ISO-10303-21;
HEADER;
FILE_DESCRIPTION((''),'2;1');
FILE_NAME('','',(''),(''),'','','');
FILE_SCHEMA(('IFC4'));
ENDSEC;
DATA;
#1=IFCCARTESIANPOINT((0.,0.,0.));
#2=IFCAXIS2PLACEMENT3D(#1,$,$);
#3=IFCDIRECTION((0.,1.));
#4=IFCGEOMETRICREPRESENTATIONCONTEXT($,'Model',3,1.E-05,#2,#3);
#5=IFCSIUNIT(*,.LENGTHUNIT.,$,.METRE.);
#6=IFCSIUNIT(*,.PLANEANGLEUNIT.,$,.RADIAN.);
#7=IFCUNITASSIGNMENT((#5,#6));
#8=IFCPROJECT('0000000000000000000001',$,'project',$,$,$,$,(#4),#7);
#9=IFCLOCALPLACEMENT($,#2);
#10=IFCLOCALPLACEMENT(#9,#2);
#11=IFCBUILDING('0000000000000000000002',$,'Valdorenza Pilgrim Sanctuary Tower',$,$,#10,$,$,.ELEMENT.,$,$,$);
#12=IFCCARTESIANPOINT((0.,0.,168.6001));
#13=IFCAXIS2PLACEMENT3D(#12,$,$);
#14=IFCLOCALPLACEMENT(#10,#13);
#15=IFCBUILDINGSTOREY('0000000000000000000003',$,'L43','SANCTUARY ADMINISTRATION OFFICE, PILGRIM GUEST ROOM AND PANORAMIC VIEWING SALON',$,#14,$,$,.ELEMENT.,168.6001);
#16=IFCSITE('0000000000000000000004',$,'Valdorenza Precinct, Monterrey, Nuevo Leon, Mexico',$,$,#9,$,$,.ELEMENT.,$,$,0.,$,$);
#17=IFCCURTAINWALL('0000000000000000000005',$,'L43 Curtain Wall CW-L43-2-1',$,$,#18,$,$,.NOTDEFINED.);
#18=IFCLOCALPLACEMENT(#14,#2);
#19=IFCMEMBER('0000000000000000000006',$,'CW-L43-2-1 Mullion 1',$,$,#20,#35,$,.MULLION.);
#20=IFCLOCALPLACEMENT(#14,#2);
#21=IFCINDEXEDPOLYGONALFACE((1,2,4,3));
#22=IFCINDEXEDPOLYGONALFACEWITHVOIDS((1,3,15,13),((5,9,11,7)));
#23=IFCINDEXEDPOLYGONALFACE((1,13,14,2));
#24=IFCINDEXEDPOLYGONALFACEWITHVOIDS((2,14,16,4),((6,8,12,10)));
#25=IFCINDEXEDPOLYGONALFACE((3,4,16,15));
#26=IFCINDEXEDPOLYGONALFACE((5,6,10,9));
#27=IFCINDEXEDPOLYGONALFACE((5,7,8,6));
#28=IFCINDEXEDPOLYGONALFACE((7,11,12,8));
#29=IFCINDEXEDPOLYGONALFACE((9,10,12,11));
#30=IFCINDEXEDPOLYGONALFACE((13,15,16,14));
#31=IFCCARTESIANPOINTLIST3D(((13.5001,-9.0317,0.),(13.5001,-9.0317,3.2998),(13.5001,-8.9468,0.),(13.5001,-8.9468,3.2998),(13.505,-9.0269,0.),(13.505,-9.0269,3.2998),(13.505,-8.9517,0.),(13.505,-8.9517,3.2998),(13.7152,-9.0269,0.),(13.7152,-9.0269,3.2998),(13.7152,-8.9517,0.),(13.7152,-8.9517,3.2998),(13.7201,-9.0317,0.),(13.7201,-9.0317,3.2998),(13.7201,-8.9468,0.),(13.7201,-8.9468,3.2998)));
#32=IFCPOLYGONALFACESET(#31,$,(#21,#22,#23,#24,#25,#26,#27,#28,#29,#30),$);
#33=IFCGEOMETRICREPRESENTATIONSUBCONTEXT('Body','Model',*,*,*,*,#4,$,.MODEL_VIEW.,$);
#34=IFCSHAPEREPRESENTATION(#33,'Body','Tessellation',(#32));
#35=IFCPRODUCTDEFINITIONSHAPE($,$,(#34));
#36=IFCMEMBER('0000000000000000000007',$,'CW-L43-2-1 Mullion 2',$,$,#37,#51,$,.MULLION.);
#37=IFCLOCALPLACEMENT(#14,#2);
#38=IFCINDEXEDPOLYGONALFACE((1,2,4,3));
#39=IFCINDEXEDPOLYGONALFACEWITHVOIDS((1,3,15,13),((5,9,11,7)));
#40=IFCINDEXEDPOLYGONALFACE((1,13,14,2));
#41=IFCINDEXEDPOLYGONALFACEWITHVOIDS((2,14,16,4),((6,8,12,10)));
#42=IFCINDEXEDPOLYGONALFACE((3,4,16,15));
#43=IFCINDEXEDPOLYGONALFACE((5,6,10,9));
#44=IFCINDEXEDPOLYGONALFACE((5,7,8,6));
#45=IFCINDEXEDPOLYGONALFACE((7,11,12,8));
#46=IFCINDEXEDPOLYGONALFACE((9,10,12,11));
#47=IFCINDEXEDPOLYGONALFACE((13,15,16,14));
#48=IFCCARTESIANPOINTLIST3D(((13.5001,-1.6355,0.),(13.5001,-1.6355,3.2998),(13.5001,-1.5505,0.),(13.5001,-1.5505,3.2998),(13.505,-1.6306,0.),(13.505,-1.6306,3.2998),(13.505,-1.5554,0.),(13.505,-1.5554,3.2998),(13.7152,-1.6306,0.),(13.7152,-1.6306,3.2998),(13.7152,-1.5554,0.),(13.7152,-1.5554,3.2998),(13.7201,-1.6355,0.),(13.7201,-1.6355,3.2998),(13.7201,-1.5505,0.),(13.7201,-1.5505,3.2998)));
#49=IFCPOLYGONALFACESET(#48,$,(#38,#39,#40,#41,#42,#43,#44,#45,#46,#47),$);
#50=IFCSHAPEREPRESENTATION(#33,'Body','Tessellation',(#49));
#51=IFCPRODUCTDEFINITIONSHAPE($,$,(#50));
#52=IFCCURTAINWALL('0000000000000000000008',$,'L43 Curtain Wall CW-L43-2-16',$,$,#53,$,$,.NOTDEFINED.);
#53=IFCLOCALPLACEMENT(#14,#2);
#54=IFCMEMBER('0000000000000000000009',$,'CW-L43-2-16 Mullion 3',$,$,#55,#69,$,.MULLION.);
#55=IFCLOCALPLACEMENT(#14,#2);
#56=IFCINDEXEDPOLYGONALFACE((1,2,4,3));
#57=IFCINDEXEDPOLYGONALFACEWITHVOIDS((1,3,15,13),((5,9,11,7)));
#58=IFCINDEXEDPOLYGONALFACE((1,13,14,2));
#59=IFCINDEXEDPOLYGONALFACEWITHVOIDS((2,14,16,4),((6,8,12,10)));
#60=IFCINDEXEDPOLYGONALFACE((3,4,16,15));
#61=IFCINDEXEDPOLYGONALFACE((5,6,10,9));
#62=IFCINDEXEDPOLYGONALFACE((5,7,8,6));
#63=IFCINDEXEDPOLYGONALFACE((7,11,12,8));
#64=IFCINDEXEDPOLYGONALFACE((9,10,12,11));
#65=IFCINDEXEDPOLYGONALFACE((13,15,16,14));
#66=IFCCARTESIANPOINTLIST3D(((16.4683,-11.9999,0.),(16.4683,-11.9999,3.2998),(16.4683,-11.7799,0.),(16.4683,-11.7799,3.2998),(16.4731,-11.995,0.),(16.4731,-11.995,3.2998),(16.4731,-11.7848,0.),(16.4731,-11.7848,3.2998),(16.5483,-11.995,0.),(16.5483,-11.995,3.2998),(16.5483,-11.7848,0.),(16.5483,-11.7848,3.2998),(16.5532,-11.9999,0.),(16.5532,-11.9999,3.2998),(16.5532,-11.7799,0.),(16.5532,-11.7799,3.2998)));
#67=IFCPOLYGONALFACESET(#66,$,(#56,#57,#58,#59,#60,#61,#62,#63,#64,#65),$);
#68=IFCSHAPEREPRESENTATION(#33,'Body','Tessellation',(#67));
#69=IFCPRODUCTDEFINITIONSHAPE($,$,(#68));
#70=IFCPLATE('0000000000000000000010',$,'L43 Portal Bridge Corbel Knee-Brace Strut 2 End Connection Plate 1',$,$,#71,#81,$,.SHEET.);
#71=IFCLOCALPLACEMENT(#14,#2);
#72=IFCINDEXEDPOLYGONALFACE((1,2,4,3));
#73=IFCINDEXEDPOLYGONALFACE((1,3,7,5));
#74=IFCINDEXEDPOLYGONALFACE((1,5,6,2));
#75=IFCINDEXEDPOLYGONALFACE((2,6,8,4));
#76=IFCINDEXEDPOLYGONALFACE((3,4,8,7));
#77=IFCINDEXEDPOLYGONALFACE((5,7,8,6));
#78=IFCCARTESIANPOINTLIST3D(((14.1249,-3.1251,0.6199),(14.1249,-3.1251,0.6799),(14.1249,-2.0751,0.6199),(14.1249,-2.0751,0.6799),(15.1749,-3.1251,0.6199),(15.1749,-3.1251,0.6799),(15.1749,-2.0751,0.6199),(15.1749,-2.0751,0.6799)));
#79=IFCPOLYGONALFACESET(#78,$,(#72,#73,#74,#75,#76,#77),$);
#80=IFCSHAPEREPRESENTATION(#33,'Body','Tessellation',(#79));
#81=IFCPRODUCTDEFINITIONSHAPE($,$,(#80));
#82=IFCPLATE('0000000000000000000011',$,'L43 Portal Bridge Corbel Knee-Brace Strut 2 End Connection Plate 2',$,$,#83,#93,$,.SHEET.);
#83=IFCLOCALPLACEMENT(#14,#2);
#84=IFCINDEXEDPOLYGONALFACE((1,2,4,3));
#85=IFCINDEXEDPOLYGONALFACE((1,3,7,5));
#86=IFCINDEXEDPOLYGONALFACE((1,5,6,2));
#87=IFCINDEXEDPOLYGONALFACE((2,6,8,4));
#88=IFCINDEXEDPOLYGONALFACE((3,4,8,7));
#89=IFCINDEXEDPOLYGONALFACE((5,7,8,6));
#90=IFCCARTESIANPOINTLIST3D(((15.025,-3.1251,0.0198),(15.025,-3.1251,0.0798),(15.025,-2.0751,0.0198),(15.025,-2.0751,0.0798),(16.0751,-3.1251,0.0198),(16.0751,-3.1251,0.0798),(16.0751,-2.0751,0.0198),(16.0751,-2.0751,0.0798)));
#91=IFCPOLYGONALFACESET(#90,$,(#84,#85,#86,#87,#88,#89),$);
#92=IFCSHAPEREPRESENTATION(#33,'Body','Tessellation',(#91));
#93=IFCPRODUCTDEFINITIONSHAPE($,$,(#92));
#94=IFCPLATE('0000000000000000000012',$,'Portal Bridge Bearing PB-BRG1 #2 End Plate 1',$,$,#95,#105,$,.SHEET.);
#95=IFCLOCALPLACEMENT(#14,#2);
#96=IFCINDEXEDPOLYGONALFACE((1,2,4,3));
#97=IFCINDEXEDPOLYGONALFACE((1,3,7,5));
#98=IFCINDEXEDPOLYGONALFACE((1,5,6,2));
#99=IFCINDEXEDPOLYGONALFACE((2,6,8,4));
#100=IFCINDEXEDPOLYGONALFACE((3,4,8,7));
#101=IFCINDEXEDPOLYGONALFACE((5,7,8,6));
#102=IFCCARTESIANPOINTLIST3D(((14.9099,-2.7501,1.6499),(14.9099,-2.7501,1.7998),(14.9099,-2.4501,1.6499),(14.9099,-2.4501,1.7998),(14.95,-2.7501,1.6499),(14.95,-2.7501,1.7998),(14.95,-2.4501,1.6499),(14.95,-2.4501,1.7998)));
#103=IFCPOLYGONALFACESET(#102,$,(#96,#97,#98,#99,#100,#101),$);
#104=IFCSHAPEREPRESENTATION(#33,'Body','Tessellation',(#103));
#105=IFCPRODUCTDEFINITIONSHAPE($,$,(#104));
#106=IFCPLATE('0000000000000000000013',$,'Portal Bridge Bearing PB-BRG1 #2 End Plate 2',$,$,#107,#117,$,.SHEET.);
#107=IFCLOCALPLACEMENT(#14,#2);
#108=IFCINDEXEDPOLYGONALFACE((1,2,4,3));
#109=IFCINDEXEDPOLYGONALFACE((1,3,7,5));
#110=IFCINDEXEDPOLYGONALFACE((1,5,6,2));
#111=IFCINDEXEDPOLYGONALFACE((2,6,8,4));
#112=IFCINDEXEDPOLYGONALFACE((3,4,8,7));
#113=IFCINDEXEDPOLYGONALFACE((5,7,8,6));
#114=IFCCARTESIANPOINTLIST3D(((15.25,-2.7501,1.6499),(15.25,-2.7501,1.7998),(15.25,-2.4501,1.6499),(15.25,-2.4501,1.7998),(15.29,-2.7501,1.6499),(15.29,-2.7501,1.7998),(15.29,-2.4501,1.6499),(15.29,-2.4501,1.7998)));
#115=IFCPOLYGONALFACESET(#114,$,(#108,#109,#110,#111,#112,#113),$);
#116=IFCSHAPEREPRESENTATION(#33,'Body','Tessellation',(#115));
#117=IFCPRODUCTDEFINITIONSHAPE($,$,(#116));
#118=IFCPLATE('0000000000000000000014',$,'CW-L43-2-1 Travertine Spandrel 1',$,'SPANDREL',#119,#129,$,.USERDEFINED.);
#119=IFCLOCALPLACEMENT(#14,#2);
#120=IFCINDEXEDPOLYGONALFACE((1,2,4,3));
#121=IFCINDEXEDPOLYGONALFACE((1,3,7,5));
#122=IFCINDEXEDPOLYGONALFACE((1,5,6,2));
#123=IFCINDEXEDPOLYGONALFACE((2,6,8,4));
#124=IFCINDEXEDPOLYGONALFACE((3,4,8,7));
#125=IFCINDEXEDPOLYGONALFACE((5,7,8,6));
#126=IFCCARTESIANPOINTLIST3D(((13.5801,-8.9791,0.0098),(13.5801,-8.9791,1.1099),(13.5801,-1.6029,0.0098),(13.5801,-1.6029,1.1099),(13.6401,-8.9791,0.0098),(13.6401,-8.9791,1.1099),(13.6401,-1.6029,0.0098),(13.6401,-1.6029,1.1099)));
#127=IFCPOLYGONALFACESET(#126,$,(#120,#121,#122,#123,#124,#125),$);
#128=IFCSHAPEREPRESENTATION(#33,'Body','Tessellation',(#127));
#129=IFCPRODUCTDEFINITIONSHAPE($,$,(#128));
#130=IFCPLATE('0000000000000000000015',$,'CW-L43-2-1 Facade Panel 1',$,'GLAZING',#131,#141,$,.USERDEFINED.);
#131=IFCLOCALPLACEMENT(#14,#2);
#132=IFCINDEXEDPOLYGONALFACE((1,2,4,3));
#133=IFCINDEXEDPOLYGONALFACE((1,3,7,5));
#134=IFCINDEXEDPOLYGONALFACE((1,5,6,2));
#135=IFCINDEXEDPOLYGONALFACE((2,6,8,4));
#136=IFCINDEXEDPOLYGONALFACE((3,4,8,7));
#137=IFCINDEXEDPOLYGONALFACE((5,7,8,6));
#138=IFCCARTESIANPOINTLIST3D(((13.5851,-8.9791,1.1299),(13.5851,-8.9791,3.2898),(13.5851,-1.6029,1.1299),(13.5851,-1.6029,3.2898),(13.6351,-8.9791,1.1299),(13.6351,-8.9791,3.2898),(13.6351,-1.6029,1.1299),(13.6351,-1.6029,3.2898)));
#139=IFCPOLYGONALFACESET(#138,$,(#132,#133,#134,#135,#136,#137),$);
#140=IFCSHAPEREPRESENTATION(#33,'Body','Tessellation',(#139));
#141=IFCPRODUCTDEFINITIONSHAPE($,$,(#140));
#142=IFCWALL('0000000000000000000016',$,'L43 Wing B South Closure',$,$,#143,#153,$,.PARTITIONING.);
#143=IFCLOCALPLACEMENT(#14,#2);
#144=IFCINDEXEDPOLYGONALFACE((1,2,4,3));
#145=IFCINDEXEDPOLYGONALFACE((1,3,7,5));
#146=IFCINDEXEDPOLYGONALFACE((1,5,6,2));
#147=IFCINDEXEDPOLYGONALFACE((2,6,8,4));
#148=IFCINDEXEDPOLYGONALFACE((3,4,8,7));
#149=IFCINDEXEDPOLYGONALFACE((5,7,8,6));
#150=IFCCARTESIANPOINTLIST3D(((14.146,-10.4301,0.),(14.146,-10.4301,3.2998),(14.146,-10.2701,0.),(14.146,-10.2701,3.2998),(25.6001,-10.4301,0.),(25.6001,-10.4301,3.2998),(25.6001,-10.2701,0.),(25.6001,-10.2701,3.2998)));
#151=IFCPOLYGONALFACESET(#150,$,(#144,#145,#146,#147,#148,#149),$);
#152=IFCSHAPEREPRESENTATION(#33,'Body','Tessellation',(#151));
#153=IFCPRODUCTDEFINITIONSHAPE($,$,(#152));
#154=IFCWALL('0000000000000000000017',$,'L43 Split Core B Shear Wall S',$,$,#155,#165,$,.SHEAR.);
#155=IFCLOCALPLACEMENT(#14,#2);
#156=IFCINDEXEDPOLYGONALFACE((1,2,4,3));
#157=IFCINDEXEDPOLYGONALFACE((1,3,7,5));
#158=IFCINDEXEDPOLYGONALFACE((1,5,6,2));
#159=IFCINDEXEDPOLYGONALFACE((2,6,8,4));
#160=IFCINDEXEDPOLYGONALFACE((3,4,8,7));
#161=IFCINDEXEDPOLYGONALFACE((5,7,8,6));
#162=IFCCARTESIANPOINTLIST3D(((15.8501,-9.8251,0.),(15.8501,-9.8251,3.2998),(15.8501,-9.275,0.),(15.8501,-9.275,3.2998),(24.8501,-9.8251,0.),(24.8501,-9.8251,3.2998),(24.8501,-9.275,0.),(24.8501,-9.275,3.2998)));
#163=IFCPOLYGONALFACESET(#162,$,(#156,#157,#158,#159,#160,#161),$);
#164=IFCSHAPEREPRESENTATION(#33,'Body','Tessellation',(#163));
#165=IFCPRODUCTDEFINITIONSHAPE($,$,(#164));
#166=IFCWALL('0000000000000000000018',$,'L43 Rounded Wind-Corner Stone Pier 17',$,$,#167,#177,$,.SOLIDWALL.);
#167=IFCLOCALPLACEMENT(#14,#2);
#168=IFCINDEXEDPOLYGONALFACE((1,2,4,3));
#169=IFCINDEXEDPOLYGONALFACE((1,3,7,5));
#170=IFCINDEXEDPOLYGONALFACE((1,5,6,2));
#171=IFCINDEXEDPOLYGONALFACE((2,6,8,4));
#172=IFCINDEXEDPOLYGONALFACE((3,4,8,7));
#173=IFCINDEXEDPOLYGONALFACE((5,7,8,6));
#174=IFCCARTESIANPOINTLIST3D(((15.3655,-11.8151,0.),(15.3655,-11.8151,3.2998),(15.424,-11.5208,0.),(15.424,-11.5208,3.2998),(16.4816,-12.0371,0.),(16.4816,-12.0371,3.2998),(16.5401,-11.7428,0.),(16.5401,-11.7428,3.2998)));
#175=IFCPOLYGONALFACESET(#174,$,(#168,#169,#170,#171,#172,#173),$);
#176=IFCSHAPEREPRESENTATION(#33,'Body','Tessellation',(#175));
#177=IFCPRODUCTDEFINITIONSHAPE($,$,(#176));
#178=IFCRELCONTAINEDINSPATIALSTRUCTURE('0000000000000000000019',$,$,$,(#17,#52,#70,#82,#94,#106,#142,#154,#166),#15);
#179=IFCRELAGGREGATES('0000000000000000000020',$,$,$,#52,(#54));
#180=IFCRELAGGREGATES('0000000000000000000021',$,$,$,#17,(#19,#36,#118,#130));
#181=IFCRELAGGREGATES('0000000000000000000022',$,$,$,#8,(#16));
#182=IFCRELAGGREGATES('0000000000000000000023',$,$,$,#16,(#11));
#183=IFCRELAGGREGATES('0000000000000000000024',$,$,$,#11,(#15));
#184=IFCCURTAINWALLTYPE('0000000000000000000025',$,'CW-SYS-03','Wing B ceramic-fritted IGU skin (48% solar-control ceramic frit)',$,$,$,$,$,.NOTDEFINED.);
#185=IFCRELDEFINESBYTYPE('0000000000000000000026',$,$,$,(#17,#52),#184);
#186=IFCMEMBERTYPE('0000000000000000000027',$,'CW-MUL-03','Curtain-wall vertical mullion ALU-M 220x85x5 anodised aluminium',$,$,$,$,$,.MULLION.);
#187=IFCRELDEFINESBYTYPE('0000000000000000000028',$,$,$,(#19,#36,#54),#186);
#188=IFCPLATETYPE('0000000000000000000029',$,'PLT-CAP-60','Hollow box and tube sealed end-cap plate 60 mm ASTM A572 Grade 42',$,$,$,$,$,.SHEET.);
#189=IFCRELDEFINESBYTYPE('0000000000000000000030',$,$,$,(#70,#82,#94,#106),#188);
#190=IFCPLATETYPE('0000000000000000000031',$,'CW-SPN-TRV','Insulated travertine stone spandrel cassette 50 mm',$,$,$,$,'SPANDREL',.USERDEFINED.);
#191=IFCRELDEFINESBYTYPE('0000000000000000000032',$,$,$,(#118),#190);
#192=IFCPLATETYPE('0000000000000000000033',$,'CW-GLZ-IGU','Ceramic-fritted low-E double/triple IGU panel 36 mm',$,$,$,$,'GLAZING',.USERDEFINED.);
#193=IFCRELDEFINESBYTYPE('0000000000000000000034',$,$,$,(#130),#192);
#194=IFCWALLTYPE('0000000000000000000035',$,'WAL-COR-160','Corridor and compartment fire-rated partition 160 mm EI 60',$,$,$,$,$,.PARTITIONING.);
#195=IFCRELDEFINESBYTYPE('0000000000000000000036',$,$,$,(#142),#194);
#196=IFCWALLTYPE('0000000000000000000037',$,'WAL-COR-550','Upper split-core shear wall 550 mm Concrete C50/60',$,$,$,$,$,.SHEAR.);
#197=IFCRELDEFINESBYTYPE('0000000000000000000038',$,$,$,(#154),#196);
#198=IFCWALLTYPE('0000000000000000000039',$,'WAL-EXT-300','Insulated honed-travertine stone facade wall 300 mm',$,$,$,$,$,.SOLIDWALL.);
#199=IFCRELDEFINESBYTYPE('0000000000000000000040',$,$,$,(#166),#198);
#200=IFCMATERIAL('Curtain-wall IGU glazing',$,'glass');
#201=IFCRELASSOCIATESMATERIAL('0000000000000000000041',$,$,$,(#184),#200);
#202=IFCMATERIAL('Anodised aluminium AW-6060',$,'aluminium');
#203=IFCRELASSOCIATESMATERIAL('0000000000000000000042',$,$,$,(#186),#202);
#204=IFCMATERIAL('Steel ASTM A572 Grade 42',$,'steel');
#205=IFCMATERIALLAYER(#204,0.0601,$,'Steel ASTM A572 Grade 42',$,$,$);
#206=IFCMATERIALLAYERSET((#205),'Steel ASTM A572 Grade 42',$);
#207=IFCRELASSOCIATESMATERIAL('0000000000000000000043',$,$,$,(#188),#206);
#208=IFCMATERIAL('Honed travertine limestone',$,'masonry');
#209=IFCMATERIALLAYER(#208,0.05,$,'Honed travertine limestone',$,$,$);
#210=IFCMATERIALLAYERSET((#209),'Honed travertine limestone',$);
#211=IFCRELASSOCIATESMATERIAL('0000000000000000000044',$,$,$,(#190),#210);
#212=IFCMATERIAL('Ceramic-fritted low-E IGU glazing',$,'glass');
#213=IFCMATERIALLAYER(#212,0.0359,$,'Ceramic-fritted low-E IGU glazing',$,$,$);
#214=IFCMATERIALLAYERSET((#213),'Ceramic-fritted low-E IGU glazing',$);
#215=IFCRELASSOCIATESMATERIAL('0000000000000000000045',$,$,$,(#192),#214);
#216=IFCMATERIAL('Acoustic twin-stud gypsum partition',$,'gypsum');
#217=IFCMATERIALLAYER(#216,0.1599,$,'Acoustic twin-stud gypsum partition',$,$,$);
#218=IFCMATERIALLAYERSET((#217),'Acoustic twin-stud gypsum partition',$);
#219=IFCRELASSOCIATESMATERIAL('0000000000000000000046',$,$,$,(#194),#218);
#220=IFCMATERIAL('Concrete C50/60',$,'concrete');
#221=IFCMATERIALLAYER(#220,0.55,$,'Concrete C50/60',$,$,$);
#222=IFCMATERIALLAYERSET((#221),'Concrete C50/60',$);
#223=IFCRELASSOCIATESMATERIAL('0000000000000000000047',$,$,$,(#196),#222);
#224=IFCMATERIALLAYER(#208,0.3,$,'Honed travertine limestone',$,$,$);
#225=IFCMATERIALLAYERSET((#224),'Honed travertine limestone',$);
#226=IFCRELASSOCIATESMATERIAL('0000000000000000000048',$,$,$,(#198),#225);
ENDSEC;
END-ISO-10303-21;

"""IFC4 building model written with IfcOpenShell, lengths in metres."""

from ifc_helpers import new_model, si_unit, direction, frame, frame_2d, origin, origin_2d, place, context, subcontext, project, spatial, rectangle, hollow_rectangle, extrude, source, transform, mapped, material, layer, layer_set, material_profile, profile_set, type_object, element, aggregate, save


model = new_model("IFC4")

# Units and contexts
model_context = context("Model", 3, precision=1e-05, world=origin(), true_north=direction((0.0, 1.0)))
body_context = subcontext(model_context, "Body", "Model", "MODEL_VIEW")
ifc_project = project(units=[si_unit("LENGTHUNIT", "METRE"), si_unit("PLANEANGLEUNIT", "RADIAN")], contexts=[model_context])

# Site, building, storey
site_placement = place(None, origin())
site = spatial("IfcSite", under=ifc_project, at=site_placement, Name="Valdorenza Precinct, Monterrey, Nuevo Leon, Mexico", CompositionType="ELEMENT", RefElevation=0.0)
building_placement = place(site_placement, origin())
building = spatial("IfcBuilding", under=site, at=building_placement, Name="Valdorenza Pilgrim Sanctuary Tower", CompositionType="ELEMENT")
storey_placement = place(building_placement, frame((0.0, 0.0, 168.6001)))
storey = spatial("IfcBuildingStorey", under=building, at=storey_placement, Name="L43", Description="SANCTUARY ADMINISTRATION OFFICE, PILGRIM GUEST ROOM AND PANORAMIC VIEWING SALON", CompositionType="ELEMENT", Elevation=168.6001)

# Shared definitions
ifc_material_1 = material(Name="Concrete C50/60", Category="concrete")

# Shared definitions
ifc_material_2 = material(Name="Steel ASTM A572 Grade 42", Category="steel")

# Curtain wall, members
ifc_material_3 = material(Name="Curtain-wall IGU glazing", Category="glass")
curtain_wall_type = type_object("IfcCurtainWallType", Name="CW-SYS-03", Description="Wing B ceramic-fritted IGU skin (48% solar-control ceramic frit)", PredefinedType="NOTDEFINED", material=ifc_material_3)
curtain_wall_1_placement = place(storey_placement, origin())
curtain_wall_1 = element("IfcCurtainWall", 1, at=curtain_wall_1_placement, inside=storey, type_object=curtain_wall_type, Name="L43 Curtain Wall CW-L43-2-1", PredefinedType="NOTDEFINED")
ifc_material_4 = material(Name="Anodised aluminium AW-6060", Category="aluminium")
ifc_material_profile_1 = material_profile(ifc_material_4, hollow_rectangle(XDim=0.085, YDim=0.22, WallThickness=0.0049, at=origin_2d()), Name="ALU-M 220x85x5")
ifc_profile_set_1 = profile_set([ifc_material_profile_1], Name="Anodised aluminium AW-6060")
member_type_1 = type_object("IfcMemberType", Name="CW-MUL-03", Description="Curtain-wall vertical mullion ALU-M 220x85x5 anodised aluminium", PredefinedType="MULLION", material=ifc_profile_set_1)
shared_shape_1 = source(origin(), body_context, "Body", "SweptSolid", [
    extrude(hollow_rectangle(XDim=0.085, YDim=0.22, WallThickness=0.0049, at=origin_2d()), origin(), (0.0, 0.0, 1.0), 3.2998),
])
member_1_placement = place(storey_placement, frame((13.6101, -8.9893, 0.0), z_axis=(0.0, 0.0, 1.0), x_axis=(0.0, 1.0, 0.0)))
member_1 = element("IfcMember", 2, at=member_1_placement, type_object=member_type_1, Name="CW-L43-2-1 Mullion 1", PredefinedType="MULLION", context=body_context, shape_type="MappedRepresentation", body=[
    mapped(shared_shape_1, transform((0.0, 0.0, 0.0), x_axis=(1.0, 0.0, 0.0), y_axis=(0.0, 1.0, 0.0), z_axis=(0.0, 0.0, 1.0), scale=1.0)),
])
member_2_placement = place(storey_placement, frame((13.6101, -1.593, 0.0), z_axis=(0.0, 0.0, 1.0), x_axis=(0.0, 1.0, 0.0)))
member_2 = element("IfcMember", 3, at=member_2_placement, type_object=member_type_1, Name="CW-L43-2-1 Mullion 2", PredefinedType="MULLION", context=body_context, shape_type="MappedRepresentation", body=[
    mapped(shared_shape_1, transform((0.0, 0.0, 0.0), x_axis=(1.0, 0.0, 0.0), y_axis=(0.0, 1.0, 0.0), z_axis=(0.0, 0.0, 1.0), scale=1.0)),
])

# Curtain wall, member
curtain_wall_2_placement = place(storey_placement, origin())
curtain_wall_2 = element("IfcCurtainWall", 4, at=curtain_wall_2_placement, inside=storey, type_object=curtain_wall_type, Name="L43 Curtain Wall CW-L43-2-16", PredefinedType="NOTDEFINED")
member_3_placement = place(storey_placement, frame((16.5107, -11.8899, 0.0), z_axis=(0.0, 0.0, 1.0), x_axis=(-1.0, 0.0, 0.0)))
member_3 = element("IfcMember", 5, at=member_3_placement, type_object=member_type_1, Name="CW-L43-2-16 Mullion 3", PredefinedType="MULLION", context=body_context, shape_type="MappedRepresentation", body=[
    mapped(shared_shape_1, transform((0.0, 0.0, 0.0), x_axis=(1.0, 0.0, 0.0), y_axis=(0.0, 1.0, 0.0), z_axis=(0.0, 0.0, 1.0), scale=1.0)),
])
aggregate(curtain_wall_2, [member_3])

# Plates
ifc_layer_1 = layer(ifc_material_2, 0.0601, Name="Steel ASTM A572 Grade 42")
ifc_layer_set_1 = layer_set([ifc_layer_1], Name="Steel ASTM A572 Grade 42")
plate_type_1 = type_object("IfcPlateType", Name="PLT-CAP-60", Description="Hollow box and tube sealed end-cap plate 60 mm ASTM A572 Grade 42", PredefinedType="SHEET", material=ifc_layer_set_1)
shared_shape_2 = source(origin(), body_context, "Body", "SweptSolid", [
    extrude(rectangle(XDim=1.05, YDim=1.05, at=origin_2d()), origin(), (0.0, 0.0, 1.0), 0.0601),
])
for number, where, z_axis, x_axis, name in (
    (6, (14.6499, -2.6001, 0.6199), (0.0, 0.0, 1.0), (1.0, 0.0, 0.0), "L43 Portal Bridge Corbel Knee-Brace Strut 2 End Connection Plate 1"),
    (7, (15.55, -2.6001, 0.0198), (0.0, 0.0, 1.0), (1.0, 0.0, 0.0), "L43 Portal Bridge Corbel Knee-Brace Strut 2 End Connection Plate 2"),
):
    element("IfcPlate", number, at=place(storey_placement, frame(where, z_axis=z_axis, x_axis=x_axis)), inside=storey, type_object=plate_type_1, Name=name, PredefinedType="SHEET", context=body_context, shape_type="MappedRepresentation", body=[
        mapped(shared_shape_2, transform((0.0, 0.0, 0.0), x_axis=(1.0, 0.0, 0.0), y_axis=(0.0, 1.0, 0.0), z_axis=(0.0, 0.0, 1.0), scale=1.0)),
    ])
shared_shape_3 = source(origin(), body_context, "Body", "SweptSolid", [
    extrude(rectangle(XDim=0.04, YDim=0.3, at=origin_2d()), origin(), (0.0, 0.0, 1.0), 0.1499),
])
for number, where, z_axis, x_axis, name in (
    (8, (14.9299, -2.6001, 1.6499), (0.0, 0.0, 1.0), (1.0, 0.0, 0.0), "Portal Bridge Bearing PB-BRG1 #2 End Plate 1"),
    (9, (15.27, -2.6001, 1.6499), (0.0, 0.0, 1.0), (1.0, 0.0, 0.0), "Portal Bridge Bearing PB-BRG1 #2 End Plate 2"),
):
    element("IfcPlate", number, at=place(storey_placement, frame(where, z_axis=z_axis, x_axis=x_axis)), inside=storey, type_object=plate_type_1, Name=name, PredefinedType="SHEET", context=body_context, shape_type="MappedRepresentation", body=[
        mapped(shared_shape_3, transform((0.0, 0.0, 0.0), x_axis=(1.0, 0.0, 0.0), y_axis=(0.0, 1.0, 0.0), z_axis=(0.0, 0.0, 1.0), scale=1.0)),
    ])

# Plates
ifc_material_5 = material(Name="Honed travertine limestone", Category="masonry")
ifc_layer_2 = layer(ifc_material_5, 0.05, Name="Honed travertine limestone")
ifc_layer_set_2 = layer_set([ifc_layer_2], Name="Honed travertine limestone")
plate_type_2 = type_object("IfcPlateType", Name="CW-SPN-TRV", Description="Insulated travertine stone spandrel cassette 50 mm", ElementType="SPANDREL", PredefinedType="USERDEFINED", material=ifc_layer_set_2)
shared_shape_4 = source(origin(), body_context, "Body", "SweptSolid", [
    extrude(rectangle(XDim=7.3762, YDim=0.0601, at=origin_2d()), origin(), (0.0, 0.0, 1.0), 1.1001),
])
plate_1_placement = place(storey_placement, frame((13.6101, -5.291, 0.0098), z_axis=(0.0, 0.0, 1.0), x_axis=(0.0, 1.0, 0.0)))
plate_1 = element("IfcPlate", 10, at=plate_1_placement, type_object=plate_type_2, Name="CW-L43-2-1 Travertine Spandrel 1", ObjectType="SPANDREL", PredefinedType="USERDEFINED", context=body_context, shape_type="MappedRepresentation", body=[
    mapped(shared_shape_4, transform((0.0, 0.0, 0.0), x_axis=(1.0, 0.0, 0.0), y_axis=(0.0, 1.0, 0.0), z_axis=(0.0, 0.0, 1.0), scale=1.0)),
])
ifc_material_6 = material(Name="Ceramic-fritted low-E IGU glazing", Category="glass")
ifc_layer_3 = layer(ifc_material_6, 0.0359, Name="Ceramic-fritted low-E IGU glazing")
ifc_layer_set_3 = layer_set([ifc_layer_3], Name="Ceramic-fritted low-E IGU glazing")
plate_type_3 = type_object("IfcPlateType", Name="CW-GLZ-IGU", Description="Ceramic-fritted low-E double/triple IGU panel 36 mm", ElementType="GLAZING", PredefinedType="USERDEFINED", material=ifc_layer_set_3)
shared_shape_5 = source(origin(), body_context, "Body", "SweptSolid", [
    extrude(rectangle(XDim=7.3762, YDim=0.05, at=origin_2d()), origin(), (0.0, 0.0, 1.0), 2.1599),
])
plate_2_placement = place(storey_placement, frame((13.6101, -5.291, 1.1299), z_axis=(0.0, 0.0, 1.0), x_axis=(0.0, 1.0, 0.0)))
plate_2 = element("IfcPlate", 11, at=plate_2_placement, type_object=plate_type_3, Name="CW-L43-2-1 Facade Panel 1", ObjectType="GLAZING", PredefinedType="USERDEFINED", context=body_context, shape_type="MappedRepresentation", body=[
    mapped(shared_shape_5, transform((0.0, 0.0, 0.0), x_axis=(1.0, 0.0, 0.0), y_axis=(0.0, 1.0, 0.0), z_axis=(0.0, 0.0, 1.0), scale=1.0)),
])
aggregate(curtain_wall_1, [member_1, member_2, plate_1, plate_2])

# Walls
ifc_material_7 = material(Name="Acoustic twin-stud gypsum partition", Category="gypsum")
ifc_layer_4 = layer(ifc_material_7, 0.1599, Name="Acoustic twin-stud gypsum partition")
ifc_layer_set_4 = layer_set([ifc_layer_4], Name="Acoustic twin-stud gypsum partition")
wall_type_1 = type_object("IfcWallType", Name="WAL-COR-160", Description="Corridor and compartment fire-rated partition 160 mm EI 60", PredefinedType="PARTITIONING", material=ifc_layer_set_4)
wall_1_placement = place(storey_placement, frame((14.146, -10.3501, 0.0), z_axis=(0.0, 0.0, 1.0), x_axis=(1.0, 0.0, 0.0)))
element("IfcWall", 12, at=wall_1_placement, inside=storey, type_object=wall_type_1, Name="L43 Wing B South Closure", PredefinedType="PARTITIONING", context=body_context, shape_type="SweptSolid", body=[
    extrude(rectangle(XDim=11.4541, YDim=0.1599, at=frame_2d((5.7271, 0.0))), origin(), (0.0, 0.0, 1.0), 3.2998),
])
ifc_layer_5 = layer(ifc_material_1, 0.55, Name="Concrete C50/60")
ifc_layer_set_5 = layer_set([ifc_layer_5], Name="Concrete C50/60")
wall_type_2 = type_object("IfcWallType", Name="WAL-COR-550", Description="Upper split-core shear wall 550 mm Concrete C50/60", PredefinedType="SHEAR", material=ifc_layer_set_5)
wall_2_placement = place(storey_placement, frame((15.8501, -9.55, 0.0), z_axis=(0.0, 0.0, 1.0), x_axis=(1.0, 0.0, 0.0)))
element("IfcWall", 13, at=wall_2_placement, inside=storey, type_object=wall_type_2, Name="L43 Split Core B Shear Wall S", PredefinedType="SHEAR", context=body_context, shape_type="SweptSolid", body=[
    extrude(rectangle(XDim=9.0, YDim=0.55, at=frame_2d((4.5, 0.0))), origin(), (0.0, 0.0, 1.0), 3.2998),
])
ifc_layer_6 = layer(ifc_material_5, 0.3, Name="Honed travertine limestone")
ifc_layer_set_6 = layer_set([ifc_layer_6], Name="Honed travertine limestone")
wall_type_3 = type_object("IfcWallType", Name="WAL-EXT-300", Description="Insulated honed-travertine stone facade wall 300 mm", PredefinedType="SOLIDWALL", material=ifc_layer_set_6)
wall_3_placement = place(storey_placement, frame((16.5107, -11.8899, 0.0), z_axis=(0.0, 0.0, 1.0), x_axis=(-0.980795, 0.195043, 0.0)))
element("IfcWall", 14, at=wall_3_placement, inside=storey, type_object=wall_type_3, Name="L43 Rounded Wind-Corner Stone Pier 17", PredefinedType="SOLIDWALL", context=body_context, shape_type="SweptSolid", body=[
    extrude(rectangle(XDim=1.1379, YDim=0.3, at=frame_2d((0.5688, 0.0))), origin(), (0.0, 0.0, 1.0), 3.2998),
])

save(model, "model.ifc")
